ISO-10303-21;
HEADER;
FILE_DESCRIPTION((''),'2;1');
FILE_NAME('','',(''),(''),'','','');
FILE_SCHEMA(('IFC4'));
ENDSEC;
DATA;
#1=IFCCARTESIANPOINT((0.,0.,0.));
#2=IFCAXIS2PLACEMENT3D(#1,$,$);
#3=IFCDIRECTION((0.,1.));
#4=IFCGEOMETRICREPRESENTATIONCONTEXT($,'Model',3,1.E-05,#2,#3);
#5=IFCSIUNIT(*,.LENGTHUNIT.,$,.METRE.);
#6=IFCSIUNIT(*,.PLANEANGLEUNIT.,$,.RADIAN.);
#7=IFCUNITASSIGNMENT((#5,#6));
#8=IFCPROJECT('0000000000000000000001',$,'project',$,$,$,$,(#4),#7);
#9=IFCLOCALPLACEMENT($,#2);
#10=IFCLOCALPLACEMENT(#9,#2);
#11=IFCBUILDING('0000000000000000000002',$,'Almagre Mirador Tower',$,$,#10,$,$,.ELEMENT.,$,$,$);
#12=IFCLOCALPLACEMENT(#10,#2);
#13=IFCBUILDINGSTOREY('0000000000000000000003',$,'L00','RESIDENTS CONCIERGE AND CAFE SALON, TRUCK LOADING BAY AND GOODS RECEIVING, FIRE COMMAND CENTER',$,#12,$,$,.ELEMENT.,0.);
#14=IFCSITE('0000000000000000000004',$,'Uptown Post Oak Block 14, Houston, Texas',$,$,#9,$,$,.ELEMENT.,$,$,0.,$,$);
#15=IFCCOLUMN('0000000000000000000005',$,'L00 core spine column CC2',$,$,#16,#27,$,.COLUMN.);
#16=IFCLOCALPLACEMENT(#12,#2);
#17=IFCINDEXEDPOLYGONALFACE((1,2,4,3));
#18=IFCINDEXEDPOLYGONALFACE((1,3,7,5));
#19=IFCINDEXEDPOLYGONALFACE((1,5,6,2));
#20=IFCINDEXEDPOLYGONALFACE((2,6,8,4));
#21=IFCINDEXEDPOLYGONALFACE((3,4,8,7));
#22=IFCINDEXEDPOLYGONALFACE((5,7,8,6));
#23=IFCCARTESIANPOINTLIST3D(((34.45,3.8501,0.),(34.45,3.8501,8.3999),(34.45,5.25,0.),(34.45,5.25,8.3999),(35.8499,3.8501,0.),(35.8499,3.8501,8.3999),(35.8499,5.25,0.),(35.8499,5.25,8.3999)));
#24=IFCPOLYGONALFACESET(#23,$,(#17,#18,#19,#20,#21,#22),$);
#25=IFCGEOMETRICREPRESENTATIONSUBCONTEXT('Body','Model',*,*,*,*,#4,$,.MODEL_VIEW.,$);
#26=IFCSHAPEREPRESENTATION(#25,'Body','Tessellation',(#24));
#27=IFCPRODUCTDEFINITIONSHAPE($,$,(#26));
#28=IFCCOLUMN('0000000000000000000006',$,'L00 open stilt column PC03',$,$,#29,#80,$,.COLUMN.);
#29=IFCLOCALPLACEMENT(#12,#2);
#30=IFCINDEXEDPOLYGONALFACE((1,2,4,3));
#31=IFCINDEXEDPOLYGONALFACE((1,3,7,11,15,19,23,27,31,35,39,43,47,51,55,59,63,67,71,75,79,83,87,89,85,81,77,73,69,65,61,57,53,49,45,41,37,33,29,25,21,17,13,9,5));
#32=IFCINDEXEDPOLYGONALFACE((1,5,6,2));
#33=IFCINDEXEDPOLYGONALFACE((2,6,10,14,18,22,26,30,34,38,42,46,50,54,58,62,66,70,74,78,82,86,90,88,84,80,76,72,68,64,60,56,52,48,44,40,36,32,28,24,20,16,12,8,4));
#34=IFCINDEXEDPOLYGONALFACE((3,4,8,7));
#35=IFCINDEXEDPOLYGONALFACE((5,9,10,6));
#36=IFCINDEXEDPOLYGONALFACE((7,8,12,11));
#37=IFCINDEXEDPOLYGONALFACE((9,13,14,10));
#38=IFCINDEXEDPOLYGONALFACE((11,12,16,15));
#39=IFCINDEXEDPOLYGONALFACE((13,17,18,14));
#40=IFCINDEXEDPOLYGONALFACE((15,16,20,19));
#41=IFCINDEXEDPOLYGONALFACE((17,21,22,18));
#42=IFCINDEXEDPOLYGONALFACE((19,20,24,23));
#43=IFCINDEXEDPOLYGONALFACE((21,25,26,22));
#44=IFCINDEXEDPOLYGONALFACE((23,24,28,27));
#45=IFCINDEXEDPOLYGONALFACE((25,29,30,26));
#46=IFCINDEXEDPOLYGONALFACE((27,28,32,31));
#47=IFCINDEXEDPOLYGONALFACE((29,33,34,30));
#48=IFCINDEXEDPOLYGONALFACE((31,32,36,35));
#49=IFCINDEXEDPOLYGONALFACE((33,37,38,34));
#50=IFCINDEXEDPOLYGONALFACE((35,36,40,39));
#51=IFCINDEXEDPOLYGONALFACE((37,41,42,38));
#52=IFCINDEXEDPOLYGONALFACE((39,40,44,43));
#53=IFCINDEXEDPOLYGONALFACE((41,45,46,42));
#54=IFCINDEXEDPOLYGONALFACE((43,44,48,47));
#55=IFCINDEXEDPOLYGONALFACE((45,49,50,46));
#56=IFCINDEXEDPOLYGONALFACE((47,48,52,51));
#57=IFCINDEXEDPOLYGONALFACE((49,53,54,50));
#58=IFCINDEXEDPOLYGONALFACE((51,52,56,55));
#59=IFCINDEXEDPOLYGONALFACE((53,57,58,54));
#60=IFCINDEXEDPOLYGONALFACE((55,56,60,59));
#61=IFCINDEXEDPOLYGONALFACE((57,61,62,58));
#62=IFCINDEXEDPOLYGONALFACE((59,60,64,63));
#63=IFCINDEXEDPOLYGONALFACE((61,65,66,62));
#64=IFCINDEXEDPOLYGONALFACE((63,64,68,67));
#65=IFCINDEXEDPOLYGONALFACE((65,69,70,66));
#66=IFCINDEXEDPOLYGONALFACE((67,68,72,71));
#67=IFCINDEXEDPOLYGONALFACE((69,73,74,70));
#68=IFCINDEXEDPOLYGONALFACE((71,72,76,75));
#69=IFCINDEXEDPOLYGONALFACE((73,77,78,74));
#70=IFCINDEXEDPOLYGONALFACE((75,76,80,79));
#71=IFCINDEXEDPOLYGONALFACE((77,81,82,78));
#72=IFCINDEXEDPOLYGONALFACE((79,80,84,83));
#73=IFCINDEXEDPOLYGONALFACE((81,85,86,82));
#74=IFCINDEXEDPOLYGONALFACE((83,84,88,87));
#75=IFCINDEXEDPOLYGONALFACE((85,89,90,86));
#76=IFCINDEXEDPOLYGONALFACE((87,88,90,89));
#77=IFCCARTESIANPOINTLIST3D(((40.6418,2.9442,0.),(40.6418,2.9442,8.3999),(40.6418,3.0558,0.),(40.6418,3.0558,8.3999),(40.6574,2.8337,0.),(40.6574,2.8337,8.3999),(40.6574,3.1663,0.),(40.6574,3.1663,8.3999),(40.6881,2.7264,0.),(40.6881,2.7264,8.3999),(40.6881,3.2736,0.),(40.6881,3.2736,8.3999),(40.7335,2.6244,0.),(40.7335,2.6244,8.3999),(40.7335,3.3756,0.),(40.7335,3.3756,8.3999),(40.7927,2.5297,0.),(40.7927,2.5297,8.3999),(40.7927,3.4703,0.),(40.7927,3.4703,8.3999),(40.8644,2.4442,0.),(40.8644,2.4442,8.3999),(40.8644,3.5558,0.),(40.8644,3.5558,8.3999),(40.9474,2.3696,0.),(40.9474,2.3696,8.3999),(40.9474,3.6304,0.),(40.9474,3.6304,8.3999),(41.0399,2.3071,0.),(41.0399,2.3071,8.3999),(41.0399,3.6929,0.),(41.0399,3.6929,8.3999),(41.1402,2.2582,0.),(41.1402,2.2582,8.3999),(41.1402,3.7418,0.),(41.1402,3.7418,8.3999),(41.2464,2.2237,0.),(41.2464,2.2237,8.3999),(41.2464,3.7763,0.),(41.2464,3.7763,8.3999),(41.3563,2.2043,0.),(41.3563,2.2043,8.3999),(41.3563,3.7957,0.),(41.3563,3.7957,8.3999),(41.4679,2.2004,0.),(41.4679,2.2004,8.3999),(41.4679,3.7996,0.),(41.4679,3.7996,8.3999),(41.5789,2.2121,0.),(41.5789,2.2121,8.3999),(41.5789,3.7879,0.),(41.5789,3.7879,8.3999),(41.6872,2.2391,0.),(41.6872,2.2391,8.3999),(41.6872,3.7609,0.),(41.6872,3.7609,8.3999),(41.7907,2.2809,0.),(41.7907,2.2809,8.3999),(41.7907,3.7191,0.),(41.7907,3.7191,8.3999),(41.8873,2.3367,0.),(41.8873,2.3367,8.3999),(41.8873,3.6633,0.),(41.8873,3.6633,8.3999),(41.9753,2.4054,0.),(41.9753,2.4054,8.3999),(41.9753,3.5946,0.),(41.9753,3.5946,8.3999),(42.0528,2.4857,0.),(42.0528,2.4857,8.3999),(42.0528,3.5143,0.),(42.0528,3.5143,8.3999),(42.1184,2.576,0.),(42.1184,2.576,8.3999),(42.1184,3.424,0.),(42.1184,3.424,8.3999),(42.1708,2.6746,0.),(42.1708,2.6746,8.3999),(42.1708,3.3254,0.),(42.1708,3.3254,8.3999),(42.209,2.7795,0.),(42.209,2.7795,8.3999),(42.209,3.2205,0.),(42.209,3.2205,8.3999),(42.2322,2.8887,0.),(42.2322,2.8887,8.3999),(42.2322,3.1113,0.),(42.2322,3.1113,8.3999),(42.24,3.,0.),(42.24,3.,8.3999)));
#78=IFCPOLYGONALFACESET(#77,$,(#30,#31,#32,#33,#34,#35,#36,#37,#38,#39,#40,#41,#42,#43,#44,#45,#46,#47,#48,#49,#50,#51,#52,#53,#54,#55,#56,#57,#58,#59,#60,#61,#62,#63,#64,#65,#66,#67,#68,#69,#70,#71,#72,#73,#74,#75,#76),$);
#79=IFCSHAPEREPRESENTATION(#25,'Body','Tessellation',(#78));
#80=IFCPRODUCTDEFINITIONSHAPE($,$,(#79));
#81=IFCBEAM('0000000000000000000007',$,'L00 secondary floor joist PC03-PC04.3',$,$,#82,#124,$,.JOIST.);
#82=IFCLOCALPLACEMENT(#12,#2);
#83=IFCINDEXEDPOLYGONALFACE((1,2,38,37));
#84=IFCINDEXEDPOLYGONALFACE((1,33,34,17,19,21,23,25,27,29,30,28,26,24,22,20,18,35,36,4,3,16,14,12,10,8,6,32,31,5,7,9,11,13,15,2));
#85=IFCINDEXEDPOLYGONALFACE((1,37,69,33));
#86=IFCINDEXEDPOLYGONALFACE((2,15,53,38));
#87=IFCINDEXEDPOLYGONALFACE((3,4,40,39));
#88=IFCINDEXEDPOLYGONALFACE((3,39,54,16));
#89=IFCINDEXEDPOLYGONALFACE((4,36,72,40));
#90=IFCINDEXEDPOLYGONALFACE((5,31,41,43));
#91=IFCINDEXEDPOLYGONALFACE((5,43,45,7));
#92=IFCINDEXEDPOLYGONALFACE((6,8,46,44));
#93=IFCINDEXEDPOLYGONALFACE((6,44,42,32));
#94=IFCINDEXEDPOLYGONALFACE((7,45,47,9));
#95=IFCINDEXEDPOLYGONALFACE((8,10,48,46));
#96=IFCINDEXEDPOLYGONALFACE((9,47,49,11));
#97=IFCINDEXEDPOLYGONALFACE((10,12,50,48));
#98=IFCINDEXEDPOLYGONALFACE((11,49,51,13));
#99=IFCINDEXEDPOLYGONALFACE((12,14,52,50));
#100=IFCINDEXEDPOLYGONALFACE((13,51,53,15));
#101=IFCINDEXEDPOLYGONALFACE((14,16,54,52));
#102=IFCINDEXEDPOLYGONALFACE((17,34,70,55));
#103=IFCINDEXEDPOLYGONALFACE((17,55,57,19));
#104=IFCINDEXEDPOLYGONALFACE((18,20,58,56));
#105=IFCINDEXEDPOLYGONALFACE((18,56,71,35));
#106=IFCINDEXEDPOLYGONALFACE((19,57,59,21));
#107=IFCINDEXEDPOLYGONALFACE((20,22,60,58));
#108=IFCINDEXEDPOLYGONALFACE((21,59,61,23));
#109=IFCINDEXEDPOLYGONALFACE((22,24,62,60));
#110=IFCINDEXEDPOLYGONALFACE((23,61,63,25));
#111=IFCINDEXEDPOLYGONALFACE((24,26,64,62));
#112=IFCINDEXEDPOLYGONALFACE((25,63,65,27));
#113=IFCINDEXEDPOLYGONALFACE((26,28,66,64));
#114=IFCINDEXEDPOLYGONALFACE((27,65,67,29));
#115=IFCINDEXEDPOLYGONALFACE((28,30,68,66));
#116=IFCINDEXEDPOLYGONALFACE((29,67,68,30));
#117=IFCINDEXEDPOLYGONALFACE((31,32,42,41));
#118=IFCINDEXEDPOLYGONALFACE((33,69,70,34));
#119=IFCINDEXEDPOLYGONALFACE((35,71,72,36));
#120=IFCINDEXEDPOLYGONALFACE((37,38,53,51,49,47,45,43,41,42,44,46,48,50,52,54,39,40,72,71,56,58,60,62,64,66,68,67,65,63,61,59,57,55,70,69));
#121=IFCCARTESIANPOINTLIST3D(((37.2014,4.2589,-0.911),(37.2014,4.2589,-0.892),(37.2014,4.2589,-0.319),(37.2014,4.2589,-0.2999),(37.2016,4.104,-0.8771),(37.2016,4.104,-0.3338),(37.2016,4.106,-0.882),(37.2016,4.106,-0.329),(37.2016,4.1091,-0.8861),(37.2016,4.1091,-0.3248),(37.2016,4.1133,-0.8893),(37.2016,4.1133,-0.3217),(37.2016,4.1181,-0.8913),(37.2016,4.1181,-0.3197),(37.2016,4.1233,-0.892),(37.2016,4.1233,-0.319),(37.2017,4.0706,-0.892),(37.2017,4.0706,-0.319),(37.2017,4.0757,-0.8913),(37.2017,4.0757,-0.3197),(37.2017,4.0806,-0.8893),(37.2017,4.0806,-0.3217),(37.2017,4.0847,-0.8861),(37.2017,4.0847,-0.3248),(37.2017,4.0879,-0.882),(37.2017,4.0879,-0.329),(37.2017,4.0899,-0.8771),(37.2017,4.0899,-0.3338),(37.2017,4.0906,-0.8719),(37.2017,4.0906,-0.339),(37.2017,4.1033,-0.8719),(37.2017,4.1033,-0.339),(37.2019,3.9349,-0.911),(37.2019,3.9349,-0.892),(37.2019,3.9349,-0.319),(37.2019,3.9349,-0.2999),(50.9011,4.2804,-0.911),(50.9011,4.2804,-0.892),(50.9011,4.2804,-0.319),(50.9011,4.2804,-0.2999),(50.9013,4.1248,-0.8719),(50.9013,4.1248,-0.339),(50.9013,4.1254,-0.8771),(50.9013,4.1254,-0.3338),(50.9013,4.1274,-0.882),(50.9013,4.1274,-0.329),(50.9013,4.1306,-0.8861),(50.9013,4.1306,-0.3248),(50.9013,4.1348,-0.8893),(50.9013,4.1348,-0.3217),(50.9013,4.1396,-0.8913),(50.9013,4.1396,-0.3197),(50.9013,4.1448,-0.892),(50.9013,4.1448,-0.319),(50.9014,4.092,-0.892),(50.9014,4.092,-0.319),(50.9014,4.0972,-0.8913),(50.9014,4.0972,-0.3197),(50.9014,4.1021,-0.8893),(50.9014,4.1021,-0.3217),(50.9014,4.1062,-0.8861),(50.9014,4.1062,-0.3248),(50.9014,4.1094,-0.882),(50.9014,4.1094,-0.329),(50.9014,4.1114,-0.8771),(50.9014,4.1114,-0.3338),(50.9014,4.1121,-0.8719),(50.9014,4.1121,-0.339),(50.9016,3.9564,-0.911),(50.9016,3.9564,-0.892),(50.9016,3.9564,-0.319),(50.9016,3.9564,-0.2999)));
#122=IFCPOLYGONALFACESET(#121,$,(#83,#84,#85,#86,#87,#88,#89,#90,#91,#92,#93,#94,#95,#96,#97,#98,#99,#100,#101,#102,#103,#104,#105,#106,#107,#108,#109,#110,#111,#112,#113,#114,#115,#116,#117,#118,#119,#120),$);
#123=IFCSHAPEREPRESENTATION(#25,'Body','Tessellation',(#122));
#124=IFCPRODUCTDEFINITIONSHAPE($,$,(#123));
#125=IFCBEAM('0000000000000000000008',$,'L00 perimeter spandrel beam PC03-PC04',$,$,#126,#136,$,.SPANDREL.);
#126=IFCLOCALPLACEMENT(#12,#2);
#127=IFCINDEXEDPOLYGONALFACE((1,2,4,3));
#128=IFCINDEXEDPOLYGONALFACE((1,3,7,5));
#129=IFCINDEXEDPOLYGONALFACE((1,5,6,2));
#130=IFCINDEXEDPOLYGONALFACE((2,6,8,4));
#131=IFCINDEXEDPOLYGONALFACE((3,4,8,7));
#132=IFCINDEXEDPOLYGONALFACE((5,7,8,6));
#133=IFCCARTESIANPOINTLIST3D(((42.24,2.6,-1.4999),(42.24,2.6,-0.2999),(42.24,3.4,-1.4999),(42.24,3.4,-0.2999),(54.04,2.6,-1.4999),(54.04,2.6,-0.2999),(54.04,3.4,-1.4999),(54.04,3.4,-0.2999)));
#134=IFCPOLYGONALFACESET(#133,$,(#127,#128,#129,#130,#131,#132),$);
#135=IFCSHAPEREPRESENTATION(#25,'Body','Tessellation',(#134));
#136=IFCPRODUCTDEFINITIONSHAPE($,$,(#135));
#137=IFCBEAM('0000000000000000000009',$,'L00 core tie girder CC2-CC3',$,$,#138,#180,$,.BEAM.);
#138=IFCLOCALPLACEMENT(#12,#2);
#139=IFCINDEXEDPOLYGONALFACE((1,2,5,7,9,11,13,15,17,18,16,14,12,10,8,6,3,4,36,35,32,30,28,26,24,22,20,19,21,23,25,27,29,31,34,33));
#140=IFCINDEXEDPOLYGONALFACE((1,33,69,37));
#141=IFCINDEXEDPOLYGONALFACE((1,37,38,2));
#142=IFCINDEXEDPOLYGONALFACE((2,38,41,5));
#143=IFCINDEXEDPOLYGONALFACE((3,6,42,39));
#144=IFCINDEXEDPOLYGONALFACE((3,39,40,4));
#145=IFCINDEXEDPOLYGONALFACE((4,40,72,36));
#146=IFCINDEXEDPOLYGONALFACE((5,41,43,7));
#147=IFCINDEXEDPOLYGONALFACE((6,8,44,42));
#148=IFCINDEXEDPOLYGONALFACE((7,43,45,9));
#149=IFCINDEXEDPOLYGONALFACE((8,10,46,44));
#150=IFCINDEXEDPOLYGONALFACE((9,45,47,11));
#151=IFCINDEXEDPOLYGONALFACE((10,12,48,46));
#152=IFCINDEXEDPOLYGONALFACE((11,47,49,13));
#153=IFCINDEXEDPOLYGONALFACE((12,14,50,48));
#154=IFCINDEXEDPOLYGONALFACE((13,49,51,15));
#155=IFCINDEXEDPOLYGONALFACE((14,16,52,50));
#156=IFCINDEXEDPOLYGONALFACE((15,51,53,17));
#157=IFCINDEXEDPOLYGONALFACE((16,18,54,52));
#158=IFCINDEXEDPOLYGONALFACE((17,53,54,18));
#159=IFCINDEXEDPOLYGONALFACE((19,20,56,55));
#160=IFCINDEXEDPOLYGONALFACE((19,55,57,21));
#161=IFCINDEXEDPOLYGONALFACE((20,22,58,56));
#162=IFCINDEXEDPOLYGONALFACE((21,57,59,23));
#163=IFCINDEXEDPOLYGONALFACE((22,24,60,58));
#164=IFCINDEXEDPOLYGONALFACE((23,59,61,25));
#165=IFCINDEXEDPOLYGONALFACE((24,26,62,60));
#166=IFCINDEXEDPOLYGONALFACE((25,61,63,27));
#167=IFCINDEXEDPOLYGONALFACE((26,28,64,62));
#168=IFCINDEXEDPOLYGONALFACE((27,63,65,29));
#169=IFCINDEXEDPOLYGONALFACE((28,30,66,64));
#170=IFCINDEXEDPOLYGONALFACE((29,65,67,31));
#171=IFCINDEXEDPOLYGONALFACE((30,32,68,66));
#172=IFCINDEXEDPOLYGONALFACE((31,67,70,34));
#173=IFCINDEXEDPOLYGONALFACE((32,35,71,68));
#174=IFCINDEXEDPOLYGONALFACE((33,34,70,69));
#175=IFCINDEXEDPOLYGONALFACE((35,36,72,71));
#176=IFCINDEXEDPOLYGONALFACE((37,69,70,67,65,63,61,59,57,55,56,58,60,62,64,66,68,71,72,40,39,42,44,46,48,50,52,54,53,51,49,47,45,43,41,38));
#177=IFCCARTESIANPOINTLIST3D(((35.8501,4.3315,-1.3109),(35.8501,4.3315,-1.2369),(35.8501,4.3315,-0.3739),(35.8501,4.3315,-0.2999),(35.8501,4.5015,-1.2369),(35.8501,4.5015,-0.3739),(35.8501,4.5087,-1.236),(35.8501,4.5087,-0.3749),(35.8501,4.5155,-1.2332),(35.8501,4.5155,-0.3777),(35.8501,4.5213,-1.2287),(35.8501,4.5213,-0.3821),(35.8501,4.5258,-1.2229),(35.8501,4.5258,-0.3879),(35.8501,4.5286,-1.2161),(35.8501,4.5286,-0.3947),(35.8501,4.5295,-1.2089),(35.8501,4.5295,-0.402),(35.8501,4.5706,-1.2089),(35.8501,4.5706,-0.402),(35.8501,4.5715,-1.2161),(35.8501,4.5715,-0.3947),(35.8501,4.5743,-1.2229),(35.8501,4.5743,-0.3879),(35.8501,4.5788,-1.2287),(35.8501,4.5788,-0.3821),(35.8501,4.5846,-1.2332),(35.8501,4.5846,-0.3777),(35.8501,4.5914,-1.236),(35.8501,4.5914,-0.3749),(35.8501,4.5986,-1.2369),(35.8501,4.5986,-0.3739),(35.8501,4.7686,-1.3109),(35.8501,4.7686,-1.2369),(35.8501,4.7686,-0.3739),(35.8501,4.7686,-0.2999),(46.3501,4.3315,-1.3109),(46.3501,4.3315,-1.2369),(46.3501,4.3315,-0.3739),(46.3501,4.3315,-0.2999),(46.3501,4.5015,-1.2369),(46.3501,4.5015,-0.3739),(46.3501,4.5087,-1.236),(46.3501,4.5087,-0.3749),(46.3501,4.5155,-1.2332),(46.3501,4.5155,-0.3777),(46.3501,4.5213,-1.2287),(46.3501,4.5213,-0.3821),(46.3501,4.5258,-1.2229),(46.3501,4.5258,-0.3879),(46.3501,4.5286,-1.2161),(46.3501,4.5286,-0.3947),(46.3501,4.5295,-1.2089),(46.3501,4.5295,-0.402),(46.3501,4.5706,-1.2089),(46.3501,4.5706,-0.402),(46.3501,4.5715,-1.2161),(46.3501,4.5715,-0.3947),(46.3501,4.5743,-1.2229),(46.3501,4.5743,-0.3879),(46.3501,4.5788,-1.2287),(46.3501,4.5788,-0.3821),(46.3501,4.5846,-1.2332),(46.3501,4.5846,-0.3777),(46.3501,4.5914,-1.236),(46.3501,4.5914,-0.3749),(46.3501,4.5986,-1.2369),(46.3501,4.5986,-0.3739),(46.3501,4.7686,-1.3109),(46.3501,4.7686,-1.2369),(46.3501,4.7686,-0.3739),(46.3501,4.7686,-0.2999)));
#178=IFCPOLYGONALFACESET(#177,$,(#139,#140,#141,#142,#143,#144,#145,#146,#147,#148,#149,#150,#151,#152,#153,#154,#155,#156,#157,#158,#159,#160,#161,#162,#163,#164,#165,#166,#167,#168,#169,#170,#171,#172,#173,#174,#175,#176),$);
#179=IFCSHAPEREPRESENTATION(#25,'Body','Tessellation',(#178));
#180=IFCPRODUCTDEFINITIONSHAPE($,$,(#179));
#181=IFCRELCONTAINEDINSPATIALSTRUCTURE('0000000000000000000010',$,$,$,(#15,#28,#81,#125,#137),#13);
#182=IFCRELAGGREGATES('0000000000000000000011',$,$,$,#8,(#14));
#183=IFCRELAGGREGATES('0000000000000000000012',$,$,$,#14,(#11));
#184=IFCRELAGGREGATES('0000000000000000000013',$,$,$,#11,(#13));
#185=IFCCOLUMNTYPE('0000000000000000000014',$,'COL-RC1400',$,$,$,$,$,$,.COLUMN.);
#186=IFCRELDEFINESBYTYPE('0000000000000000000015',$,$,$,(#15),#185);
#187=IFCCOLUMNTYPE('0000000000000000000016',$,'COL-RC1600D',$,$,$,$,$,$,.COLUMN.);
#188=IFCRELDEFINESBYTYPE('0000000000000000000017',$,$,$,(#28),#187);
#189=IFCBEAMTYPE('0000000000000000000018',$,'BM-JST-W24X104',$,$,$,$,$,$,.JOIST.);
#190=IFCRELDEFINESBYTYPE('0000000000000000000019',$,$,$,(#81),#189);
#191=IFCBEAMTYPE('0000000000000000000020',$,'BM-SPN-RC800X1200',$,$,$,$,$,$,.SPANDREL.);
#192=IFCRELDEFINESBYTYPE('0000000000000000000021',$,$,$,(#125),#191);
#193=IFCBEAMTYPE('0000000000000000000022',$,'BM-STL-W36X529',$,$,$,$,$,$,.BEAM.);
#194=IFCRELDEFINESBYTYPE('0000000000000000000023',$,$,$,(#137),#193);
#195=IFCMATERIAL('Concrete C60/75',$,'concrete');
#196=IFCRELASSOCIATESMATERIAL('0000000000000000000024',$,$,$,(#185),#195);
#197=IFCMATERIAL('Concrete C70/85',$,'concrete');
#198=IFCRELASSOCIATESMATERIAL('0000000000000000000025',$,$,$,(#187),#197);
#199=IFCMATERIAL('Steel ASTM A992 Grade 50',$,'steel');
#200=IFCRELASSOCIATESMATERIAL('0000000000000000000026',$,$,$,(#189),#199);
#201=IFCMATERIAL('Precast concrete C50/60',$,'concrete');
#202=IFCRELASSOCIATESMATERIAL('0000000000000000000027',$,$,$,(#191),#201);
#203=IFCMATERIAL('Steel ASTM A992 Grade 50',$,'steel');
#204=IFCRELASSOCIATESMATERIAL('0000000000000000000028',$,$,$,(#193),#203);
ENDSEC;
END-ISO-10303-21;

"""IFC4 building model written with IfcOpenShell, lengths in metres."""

from ifc_helpers import new_model, si_unit, direction, frame, origin, origin_2d, place, context, subcontext, project, spatial, rectangle, circle, i_section, extrude, material, material_profile, profile_set, type_object, element, save


model = new_model("IFC4")

# Units and contexts
model_context = context("Model", 3, precision=1e-05, world=origin(), true_north=direction((0.0, 1.0)))
body_context = subcontext(model_context, "Body", "Model", "MODEL_VIEW")
ifc_project = project(units=[si_unit("LENGTHUNIT", "METRE"), si_unit("PLANEANGLEUNIT", "RADIAN")], contexts=[model_context])

# Site, building, storey
site_placement = place(None, origin())
site = spatial("IfcSite", under=ifc_project, at=site_placement, Name="Uptown Post Oak Block 14, Houston, Texas", CompositionType="ELEMENT", RefElevation=0.0)
building_placement = place(site_placement, origin())
building = spatial("IfcBuilding", under=site, at=building_placement, Name="Almagre Mirador Tower", CompositionType="ELEMENT")
storey_placement = place(building_placement, origin())
storey = spatial("IfcBuildingStorey", under=building, at=storey_placement, Name="L00", Description="RESIDENTS CONCIERGE AND CAFE SALON, TRUCK LOADING BAY AND GOODS RECEIVING, FIRE COMMAND CENTER", CompositionType="ELEMENT", Elevation=0.0)

# Columns
ifc_material_1 = material(Name="Concrete C60/75", Category="concrete")
ifc_material_profile_1 = material_profile(ifc_material_1, rectangle(XDim=1.3999, YDim=1.3999, at=origin_2d()), Name="RC1400X1400")
ifc_profile_set_1 = profile_set([ifc_material_profile_1], Name="Concrete C60/75")
column_type_1 = type_object("IfcColumnType", Name="COL-RC1400", PredefinedType="COLUMN", material=ifc_profile_set_1)
column_1_placement = place(storey_placement, frame((35.1499, 4.55, 0.0), z_axis=(0.0, 0.0, 1.0), x_axis=(1.0, 0.0, 0.0)))
element("IfcColumn", 1, at=column_1_placement, inside=storey, type_object=column_type_1, Name="L00 core spine column CC2", PredefinedType="COLUMN", context=body_context, shape_type="SweptSolid", body=[
    extrude(rectangle(XDim=1.3999, YDim=1.3999, at=origin_2d()), origin(), (0.0, 0.0, 1.0), 8.3999),
])
ifc_material_2 = material(Name="Concrete C70/85", Category="concrete")
ifc_material_profile_2 = material_profile(ifc_material_2, circle(Radius=0.8, at=origin_2d()), Name="RC1600D")
ifc_profile_set_2 = profile_set([ifc_material_profile_2], Name="Concrete C70/85")
column_type_2 = type_object("IfcColumnType", Name="COL-RC1600D", PredefinedType="COLUMN", material=ifc_profile_set_2)
column_2_placement = place(storey_placement, frame((41.4399, 3.0, 0.0), z_axis=(0.0, 0.0, 1.0), x_axis=(1.0, 0.0, 0.0)))
element("IfcColumn", 2, at=column_2_placement, inside=storey, type_object=column_type_2, Name="L00 open stilt column PC03", PredefinedType="COLUMN", context=body_context, shape_type="SweptSolid", body=[
    extrude(circle(Radius=0.8, at=origin_2d()), origin(), (0.0, 0.0, 1.0), 8.3999),
])

# Beams
ifc_material_3 = material(Name="Steel ASTM A992 Grade 50", Category="steel")
ifc_material_profile_3 = material_profile(ifc_material_3, i_section(OverallWidth=0.324, OverallDepth=0.6111, WebThickness=0.0127, FlangeThickness=0.019, FilletRadius=0.02, at=origin_2d()), Name="W24X104")
ifc_profile_set_3 = profile_set([ifc_material_profile_3], Name="Steel ASTM A992 Grade 50")
beam_type_1 = type_object("IfcBeamType", Name="BM-JST-W24X104", PredefinedType="JOIST", material=ifc_profile_set_3)
beam_1_placement = place(storey_placement, frame((37.2017, 4.0969, -0.6055), z_axis=(0.999999, 0.001568, 0.0), x_axis=(-0.001568, 0.999999, 0.0)))
element("IfcBeam", 3, at=beam_1_placement, inside=storey, type_object=beam_type_1, Name="L00 secondary floor joist PC03-PC04.3", PredefinedType="JOIST", context=body_context, shape_type="SweptSolid", body=[
    extrude(i_section(OverallWidth=0.324, OverallDepth=0.6111, WebThickness=0.0127, FlangeThickness=0.019, FilletRadius=0.02, at=origin_2d()), origin(), (0.0, 0.0, 1.0), 13.6997),
])
ifc_material_4 = material(Name="Precast concrete C50/60", Category="concrete")
ifc_material_profile_4 = material_profile(ifc_material_4, rectangle(XDim=0.8, YDim=1.2, at=origin_2d()), Name="RC800X1200")
ifc_profile_set_4 = profile_set([ifc_material_profile_4], Name="Precast concrete C50/60")
beam_type_2 = type_object("IfcBeamType", Name="BM-SPN-RC800X1200", PredefinedType="SPANDREL", material=ifc_profile_set_4)
beam_2_placement = place(storey_placement, frame((42.24, 3.0, -0.8999), z_axis=(1.0, 0.0, 0.0), x_axis=(0.0, 1.0, 0.0)))
element("IfcBeam", 4, at=beam_2_placement, inside=storey, type_object=beam_type_2, Name="L00 perimeter spandrel beam PC03-PC04", PredefinedType="SPANDREL", context=body_context, shape_type="SweptSolid", body=[
    extrude(rectangle(XDim=0.8, YDim=1.2, at=origin_2d()), origin(), (0.0, 0.0, 1.0), 11.8),
])
ifc_material_5 = material(Name="Steel ASTM A992 Grade 50", Category="steel")
ifc_material_profile_5 = material_profile(ifc_material_5, i_section(OverallWidth=0.437, OverallDepth=1.011, WebThickness=0.041, FlangeThickness=0.074, FilletRadius=0.0281, at=origin_2d()), Name="W36X529")
ifc_profile_set_5 = profile_set([ifc_material_profile_5], Name="Steel ASTM A992 Grade 50")
beam_type_3 = type_object("IfcBeamType", Name="BM-STL-W36X529", PredefinedType="BEAM", material=ifc_profile_set_5)
beam_3_placement = place(storey_placement, frame((35.8501, 4.55, -0.8054), z_axis=(1.0, 0.0, 0.0), x_axis=(0.0, 1.0, 0.0)))
element("IfcBeam", 5, at=beam_3_placement, inside=storey, type_object=beam_type_3, Name="L00 core tie girder CC2-CC3", PredefinedType="BEAM", context=body_context, shape_type="SweptSolid", body=[
    extrude(i_section(OverallWidth=0.437, OverallDepth=1.011, WebThickness=0.041, FlangeThickness=0.074, FilletRadius=0.0281, at=origin_2d()), origin(), (0.0, 0.0, 1.0), 10.5),
])

save(model, "model.ifc")
